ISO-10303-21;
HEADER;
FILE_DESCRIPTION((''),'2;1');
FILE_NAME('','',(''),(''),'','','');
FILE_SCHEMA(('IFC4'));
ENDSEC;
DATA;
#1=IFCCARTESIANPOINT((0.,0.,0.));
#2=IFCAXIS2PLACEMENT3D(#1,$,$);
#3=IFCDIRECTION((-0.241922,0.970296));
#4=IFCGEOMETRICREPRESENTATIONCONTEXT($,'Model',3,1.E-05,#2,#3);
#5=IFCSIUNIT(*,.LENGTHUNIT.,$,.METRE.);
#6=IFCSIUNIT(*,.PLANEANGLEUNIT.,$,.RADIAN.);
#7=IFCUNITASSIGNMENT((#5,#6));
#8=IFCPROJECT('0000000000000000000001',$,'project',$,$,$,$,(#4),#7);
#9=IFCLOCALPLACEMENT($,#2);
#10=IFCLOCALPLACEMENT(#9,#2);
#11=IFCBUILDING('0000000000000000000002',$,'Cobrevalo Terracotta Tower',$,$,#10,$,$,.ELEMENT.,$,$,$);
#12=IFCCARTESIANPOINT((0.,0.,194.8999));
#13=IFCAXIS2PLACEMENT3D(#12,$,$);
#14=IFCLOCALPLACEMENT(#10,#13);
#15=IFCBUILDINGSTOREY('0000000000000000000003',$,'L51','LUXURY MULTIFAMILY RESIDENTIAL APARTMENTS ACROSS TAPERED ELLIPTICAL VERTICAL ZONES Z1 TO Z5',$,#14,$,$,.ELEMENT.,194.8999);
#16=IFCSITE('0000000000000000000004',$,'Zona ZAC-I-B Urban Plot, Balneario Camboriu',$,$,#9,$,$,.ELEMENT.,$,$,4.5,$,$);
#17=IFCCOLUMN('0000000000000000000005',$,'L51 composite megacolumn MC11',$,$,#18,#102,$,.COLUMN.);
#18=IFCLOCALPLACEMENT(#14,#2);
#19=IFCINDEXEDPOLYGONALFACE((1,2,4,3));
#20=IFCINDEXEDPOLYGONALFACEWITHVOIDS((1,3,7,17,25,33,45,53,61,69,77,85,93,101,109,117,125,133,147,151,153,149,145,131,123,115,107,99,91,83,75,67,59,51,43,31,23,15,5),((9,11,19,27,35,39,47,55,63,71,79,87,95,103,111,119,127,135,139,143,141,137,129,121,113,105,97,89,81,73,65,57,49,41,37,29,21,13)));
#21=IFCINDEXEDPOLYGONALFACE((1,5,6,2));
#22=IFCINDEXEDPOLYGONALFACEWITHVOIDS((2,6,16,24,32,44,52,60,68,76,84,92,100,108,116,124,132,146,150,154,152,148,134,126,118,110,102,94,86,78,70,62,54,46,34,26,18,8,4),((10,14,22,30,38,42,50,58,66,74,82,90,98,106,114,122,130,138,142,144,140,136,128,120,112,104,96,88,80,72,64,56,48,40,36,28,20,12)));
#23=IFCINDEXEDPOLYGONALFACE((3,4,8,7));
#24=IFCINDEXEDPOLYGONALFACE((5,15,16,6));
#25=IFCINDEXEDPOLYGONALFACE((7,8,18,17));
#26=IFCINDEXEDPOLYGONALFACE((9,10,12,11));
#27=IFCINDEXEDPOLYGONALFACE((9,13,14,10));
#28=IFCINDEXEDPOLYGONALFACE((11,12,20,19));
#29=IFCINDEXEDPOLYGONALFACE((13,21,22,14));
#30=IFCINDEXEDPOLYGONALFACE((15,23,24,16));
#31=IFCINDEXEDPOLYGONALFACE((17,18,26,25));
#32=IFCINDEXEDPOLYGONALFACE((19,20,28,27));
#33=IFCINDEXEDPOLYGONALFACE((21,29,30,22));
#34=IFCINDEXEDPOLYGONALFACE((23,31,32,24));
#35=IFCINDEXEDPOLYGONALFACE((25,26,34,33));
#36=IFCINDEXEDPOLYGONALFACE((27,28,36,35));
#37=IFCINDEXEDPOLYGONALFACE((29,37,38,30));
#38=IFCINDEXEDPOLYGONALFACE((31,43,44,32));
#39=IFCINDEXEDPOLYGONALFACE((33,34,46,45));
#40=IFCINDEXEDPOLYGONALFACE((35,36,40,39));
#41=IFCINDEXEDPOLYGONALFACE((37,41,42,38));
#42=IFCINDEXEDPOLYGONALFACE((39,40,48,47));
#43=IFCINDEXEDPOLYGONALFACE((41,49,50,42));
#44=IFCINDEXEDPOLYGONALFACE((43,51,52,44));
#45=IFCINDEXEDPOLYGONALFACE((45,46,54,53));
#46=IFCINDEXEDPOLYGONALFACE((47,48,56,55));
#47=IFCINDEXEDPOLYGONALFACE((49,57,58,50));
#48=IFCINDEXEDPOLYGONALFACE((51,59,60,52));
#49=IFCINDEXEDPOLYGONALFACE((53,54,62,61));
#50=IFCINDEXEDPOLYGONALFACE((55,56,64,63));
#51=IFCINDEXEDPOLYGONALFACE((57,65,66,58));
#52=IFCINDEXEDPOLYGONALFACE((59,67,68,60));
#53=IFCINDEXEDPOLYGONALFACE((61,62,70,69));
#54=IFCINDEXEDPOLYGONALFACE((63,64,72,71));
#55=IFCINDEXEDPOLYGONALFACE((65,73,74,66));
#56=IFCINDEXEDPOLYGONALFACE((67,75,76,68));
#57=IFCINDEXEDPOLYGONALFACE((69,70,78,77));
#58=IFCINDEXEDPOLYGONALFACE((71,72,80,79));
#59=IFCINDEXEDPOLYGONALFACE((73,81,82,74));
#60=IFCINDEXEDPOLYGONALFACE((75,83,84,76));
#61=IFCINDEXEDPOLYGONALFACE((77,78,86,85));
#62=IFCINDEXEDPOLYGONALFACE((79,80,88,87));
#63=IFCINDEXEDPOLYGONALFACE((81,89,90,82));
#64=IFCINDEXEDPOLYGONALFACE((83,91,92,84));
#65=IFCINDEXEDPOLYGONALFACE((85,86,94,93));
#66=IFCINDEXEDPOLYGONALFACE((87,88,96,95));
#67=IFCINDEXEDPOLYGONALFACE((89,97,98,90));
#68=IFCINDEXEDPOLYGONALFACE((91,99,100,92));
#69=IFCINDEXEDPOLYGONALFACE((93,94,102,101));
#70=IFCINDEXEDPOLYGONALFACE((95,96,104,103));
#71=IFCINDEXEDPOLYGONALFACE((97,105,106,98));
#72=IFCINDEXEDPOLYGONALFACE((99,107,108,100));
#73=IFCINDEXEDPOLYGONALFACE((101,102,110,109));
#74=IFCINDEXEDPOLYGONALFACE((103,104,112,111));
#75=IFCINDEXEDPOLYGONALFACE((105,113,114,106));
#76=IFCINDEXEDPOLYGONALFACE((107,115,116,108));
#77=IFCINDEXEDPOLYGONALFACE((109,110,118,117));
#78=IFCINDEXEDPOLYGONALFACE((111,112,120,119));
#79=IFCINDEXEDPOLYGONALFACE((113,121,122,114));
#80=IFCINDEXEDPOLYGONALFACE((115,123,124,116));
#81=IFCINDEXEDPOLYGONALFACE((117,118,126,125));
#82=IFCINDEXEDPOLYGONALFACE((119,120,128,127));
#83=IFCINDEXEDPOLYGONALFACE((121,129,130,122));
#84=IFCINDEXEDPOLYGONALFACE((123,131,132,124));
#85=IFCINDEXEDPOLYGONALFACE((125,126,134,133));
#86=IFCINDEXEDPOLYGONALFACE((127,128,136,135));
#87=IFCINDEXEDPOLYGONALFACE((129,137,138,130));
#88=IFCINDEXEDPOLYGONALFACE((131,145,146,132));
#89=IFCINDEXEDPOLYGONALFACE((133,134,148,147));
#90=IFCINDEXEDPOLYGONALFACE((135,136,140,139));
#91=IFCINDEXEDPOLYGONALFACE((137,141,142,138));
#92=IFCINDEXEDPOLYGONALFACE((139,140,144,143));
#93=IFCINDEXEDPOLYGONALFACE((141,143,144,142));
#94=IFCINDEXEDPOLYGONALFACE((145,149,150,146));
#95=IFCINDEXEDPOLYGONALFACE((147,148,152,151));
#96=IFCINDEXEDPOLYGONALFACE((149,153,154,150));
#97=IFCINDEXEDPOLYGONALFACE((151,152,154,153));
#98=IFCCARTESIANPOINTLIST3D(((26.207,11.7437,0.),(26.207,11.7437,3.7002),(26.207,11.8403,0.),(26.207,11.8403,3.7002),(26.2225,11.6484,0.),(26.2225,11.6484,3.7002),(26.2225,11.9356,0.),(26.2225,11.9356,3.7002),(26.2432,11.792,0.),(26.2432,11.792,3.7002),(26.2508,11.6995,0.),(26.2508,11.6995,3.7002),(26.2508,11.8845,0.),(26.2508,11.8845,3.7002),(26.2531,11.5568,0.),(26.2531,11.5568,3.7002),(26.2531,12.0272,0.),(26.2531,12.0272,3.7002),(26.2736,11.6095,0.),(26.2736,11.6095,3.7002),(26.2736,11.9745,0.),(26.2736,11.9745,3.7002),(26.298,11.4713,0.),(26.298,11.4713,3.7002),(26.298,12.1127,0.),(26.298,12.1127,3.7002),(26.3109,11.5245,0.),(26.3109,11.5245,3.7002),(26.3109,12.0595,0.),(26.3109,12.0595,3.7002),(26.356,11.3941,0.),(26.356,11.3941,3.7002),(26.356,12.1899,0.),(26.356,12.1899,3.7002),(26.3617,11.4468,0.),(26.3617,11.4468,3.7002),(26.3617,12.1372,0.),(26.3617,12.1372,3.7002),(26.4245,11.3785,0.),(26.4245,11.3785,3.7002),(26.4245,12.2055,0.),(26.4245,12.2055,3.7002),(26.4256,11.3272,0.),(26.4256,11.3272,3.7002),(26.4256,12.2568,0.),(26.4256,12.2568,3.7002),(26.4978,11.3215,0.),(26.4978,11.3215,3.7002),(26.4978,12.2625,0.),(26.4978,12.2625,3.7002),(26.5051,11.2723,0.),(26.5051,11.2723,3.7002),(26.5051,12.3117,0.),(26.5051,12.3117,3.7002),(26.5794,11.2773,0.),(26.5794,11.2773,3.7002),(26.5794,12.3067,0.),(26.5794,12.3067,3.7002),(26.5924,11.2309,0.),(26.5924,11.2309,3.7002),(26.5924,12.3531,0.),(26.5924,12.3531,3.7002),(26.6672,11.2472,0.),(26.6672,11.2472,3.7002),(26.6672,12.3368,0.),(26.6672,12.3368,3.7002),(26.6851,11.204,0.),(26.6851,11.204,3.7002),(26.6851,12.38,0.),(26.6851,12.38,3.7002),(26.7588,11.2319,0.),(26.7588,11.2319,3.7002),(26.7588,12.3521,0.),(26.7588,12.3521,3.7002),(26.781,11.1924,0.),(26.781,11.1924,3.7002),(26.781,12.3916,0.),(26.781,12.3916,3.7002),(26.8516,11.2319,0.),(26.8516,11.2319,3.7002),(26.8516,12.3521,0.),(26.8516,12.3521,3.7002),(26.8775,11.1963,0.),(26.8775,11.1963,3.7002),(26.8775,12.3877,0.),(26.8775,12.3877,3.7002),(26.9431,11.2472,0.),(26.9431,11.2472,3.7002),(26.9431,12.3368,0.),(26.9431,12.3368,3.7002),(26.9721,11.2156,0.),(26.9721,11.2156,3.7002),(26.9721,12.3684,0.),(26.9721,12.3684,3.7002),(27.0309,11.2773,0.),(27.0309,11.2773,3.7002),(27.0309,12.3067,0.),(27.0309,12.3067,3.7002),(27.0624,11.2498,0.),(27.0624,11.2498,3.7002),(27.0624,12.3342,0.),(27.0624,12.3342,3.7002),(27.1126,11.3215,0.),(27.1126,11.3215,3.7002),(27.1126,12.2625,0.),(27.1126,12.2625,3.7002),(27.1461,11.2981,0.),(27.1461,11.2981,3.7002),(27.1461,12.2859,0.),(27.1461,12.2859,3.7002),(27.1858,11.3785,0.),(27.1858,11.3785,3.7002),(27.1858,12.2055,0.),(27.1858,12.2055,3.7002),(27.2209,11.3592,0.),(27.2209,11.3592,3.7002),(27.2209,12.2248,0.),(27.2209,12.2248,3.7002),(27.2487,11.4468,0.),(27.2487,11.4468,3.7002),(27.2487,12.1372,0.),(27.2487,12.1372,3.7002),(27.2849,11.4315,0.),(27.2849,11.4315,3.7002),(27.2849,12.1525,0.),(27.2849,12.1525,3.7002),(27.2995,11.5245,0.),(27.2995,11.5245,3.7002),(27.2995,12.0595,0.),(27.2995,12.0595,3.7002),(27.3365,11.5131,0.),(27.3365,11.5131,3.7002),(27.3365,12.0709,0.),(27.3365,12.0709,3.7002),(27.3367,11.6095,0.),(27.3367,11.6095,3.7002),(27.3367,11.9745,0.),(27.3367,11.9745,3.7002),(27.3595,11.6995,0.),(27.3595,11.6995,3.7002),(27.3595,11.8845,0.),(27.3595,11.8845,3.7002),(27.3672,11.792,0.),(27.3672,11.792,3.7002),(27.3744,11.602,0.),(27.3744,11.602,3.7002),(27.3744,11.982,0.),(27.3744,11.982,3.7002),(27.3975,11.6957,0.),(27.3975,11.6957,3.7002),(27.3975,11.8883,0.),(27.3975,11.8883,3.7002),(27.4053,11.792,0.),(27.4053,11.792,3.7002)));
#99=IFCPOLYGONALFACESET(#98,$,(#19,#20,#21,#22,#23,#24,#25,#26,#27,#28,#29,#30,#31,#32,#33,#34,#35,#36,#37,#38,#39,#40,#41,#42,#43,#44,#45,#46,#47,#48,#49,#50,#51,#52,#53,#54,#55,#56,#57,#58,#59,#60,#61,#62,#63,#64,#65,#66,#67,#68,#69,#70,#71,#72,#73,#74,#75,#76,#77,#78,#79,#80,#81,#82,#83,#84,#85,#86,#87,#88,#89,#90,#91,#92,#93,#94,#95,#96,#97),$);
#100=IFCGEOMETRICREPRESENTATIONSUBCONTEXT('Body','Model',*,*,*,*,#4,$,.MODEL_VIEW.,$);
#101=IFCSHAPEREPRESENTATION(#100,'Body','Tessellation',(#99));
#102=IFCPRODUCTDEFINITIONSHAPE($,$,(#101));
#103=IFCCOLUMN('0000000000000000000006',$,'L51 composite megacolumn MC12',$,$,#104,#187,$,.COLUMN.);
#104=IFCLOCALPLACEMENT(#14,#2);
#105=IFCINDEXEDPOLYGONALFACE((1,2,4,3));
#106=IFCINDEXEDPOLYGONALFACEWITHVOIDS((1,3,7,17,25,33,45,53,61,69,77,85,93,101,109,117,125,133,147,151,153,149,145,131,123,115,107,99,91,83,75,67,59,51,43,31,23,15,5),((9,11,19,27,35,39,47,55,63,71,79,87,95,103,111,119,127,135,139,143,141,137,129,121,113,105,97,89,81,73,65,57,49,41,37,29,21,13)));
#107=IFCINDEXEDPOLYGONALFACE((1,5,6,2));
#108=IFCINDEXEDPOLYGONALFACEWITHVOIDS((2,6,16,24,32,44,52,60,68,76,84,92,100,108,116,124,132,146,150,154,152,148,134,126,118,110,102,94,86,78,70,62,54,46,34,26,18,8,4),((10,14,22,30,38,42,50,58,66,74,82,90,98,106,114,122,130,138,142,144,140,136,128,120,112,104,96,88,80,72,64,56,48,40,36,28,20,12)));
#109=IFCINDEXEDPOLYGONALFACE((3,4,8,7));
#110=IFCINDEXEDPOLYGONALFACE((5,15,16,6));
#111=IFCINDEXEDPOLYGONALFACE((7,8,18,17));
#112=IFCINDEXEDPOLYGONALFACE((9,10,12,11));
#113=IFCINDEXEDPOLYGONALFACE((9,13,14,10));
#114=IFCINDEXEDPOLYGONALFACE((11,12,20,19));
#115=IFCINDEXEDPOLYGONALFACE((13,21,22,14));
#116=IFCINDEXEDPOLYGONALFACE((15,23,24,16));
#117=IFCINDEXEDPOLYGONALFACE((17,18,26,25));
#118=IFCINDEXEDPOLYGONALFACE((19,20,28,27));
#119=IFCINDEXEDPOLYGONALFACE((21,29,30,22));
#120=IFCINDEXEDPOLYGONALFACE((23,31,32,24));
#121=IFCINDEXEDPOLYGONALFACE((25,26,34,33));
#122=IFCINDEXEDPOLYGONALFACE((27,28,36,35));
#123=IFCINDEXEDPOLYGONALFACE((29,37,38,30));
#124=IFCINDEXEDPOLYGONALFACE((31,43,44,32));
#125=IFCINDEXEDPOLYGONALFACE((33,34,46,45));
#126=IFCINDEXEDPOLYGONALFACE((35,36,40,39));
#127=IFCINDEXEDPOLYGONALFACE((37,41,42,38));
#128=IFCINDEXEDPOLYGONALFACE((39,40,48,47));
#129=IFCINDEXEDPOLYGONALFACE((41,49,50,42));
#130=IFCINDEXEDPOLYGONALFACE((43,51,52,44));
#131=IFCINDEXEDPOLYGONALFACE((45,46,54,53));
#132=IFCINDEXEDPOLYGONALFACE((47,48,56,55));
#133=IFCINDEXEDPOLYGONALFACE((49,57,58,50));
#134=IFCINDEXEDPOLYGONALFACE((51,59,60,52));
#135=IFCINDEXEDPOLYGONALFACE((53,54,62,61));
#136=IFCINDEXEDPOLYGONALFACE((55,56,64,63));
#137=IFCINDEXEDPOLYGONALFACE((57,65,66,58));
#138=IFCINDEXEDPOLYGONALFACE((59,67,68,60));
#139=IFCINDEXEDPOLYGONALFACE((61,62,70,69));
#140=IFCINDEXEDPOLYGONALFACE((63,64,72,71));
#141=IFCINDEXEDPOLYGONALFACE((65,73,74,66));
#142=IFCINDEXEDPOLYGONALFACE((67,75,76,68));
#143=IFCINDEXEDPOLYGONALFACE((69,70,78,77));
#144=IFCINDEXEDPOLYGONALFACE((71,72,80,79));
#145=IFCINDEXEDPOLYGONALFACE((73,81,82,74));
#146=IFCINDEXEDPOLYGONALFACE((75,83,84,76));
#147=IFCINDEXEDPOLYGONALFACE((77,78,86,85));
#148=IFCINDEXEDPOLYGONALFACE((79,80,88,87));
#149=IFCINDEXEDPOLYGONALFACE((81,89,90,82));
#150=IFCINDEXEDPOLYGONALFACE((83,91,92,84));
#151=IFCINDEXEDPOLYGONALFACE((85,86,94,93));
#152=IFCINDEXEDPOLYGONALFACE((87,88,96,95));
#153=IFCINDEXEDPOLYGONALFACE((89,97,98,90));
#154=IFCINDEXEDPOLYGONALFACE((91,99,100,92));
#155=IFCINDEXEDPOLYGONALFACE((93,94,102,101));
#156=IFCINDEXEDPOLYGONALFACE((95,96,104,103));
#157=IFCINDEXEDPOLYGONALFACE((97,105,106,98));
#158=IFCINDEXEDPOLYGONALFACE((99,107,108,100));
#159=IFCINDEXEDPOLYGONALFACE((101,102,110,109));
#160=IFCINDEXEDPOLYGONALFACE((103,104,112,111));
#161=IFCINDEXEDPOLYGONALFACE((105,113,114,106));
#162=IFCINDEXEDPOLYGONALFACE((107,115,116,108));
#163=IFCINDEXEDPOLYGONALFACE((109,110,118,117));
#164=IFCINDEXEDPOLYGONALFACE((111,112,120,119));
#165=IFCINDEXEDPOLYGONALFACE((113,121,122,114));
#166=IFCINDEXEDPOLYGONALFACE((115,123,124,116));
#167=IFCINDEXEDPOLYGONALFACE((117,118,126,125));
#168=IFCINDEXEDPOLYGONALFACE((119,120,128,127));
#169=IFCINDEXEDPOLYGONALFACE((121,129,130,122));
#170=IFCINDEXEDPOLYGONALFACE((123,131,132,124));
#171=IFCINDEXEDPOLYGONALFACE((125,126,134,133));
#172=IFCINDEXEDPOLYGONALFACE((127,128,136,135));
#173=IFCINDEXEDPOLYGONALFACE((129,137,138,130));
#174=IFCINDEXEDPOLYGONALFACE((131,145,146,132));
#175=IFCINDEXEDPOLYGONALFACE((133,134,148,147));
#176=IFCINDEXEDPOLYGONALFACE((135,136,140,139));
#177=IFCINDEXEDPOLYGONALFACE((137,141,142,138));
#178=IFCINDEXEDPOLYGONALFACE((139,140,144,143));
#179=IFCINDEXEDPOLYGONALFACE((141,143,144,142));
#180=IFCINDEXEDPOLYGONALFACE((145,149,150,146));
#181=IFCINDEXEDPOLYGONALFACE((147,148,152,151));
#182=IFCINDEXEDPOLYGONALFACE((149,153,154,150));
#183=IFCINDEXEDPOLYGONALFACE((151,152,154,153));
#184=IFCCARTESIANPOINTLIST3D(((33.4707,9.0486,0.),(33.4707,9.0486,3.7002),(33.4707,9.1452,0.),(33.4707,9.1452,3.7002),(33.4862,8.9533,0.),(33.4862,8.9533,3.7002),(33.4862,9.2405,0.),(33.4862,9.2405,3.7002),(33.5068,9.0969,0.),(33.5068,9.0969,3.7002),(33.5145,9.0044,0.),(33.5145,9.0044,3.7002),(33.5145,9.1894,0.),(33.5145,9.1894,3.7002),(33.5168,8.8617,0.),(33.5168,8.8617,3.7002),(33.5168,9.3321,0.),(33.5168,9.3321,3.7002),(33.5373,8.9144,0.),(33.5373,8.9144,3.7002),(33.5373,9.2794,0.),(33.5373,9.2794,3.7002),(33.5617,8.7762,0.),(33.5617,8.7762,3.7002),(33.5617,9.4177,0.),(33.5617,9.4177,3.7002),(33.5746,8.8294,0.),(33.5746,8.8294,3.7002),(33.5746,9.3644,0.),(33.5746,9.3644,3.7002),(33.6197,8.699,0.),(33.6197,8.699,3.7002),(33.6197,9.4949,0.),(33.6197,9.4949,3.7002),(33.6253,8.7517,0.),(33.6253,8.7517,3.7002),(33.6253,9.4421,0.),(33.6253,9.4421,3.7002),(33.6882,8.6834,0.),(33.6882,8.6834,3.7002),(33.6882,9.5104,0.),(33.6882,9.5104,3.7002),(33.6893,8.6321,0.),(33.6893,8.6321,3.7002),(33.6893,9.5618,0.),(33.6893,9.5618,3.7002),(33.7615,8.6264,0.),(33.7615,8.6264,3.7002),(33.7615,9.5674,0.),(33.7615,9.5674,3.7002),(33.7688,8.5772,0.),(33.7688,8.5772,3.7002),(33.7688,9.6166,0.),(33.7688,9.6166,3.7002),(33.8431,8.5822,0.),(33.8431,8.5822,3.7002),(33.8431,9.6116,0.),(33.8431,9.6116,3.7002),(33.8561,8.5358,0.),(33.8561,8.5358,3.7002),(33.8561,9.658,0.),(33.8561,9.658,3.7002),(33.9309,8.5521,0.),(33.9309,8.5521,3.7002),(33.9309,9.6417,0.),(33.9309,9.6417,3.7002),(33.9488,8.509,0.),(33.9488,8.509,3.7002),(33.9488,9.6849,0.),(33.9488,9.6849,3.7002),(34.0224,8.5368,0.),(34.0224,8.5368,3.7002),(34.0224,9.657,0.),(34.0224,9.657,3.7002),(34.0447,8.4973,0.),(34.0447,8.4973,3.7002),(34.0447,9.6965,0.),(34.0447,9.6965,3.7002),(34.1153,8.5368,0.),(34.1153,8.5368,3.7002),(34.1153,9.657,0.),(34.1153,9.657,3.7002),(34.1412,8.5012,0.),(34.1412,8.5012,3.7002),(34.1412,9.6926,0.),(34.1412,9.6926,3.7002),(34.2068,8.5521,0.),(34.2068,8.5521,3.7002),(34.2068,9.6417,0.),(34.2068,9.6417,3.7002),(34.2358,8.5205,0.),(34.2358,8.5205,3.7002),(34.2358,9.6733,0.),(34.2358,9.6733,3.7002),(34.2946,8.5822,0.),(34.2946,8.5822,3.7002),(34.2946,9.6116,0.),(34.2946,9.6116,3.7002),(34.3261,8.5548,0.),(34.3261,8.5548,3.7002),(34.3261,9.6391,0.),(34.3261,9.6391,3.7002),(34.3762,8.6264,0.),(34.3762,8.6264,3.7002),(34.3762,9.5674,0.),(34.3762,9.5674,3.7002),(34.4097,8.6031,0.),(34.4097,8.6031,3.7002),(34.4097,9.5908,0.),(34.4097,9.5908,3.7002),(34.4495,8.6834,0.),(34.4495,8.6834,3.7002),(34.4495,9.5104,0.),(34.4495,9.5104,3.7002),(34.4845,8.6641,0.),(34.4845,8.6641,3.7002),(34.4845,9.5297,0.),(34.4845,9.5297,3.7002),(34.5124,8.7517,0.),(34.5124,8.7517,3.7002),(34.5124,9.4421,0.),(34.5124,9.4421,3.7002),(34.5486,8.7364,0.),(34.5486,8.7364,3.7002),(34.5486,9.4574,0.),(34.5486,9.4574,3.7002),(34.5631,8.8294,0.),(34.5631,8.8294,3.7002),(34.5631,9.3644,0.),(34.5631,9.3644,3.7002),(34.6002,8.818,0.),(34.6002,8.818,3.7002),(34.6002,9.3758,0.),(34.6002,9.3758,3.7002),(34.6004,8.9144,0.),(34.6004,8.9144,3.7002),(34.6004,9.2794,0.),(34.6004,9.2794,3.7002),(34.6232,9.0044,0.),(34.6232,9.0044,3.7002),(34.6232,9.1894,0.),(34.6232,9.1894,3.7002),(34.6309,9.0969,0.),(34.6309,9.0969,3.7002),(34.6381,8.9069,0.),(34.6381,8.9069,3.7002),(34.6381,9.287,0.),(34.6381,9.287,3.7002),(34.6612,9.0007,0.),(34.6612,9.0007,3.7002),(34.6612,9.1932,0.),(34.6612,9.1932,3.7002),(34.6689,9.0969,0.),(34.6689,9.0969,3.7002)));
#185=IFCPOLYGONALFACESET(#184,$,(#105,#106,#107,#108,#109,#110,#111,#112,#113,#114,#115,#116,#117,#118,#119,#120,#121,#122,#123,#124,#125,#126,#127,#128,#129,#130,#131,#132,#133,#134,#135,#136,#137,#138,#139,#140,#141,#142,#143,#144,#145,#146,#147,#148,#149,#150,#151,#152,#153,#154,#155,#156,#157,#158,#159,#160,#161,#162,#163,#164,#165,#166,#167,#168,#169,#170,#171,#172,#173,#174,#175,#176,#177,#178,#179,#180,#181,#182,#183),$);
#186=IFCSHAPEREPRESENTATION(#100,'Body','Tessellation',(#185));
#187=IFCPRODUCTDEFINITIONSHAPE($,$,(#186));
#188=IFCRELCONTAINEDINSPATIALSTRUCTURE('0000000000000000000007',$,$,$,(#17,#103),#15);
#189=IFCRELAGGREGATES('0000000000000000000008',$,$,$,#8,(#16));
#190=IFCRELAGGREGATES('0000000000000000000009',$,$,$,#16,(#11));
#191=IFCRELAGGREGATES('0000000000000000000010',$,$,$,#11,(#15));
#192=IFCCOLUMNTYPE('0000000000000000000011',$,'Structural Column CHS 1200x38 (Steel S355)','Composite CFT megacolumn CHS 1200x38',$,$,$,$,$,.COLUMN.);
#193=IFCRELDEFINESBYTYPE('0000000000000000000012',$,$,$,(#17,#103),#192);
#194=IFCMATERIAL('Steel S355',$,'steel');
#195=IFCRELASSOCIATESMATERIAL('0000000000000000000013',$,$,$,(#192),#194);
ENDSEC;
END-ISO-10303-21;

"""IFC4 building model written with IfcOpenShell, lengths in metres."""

from ifc_helpers import new_model, si_unit, direction, frame, origin, origin_2d, place, context, subcontext, project, spatial, hollow_circle, extrude, material, material_profile, profile_set, type_object, element, save


model = new_model("IFC4")

# Units and contexts
model_context = context("Model", 3, precision=1e-05, world=origin(), true_north=direction((-0.241922, 0.970296)))
body_context = subcontext(model_context, "Body", "Model", "MODEL_VIEW")
ifc_project = project(units=[si_unit("LENGTHUNIT", "METRE"), si_unit("PLANEANGLEUNIT", "RADIAN")], contexts=[model_context])

# Site, building, storey
site_placement = place(None, origin())
site = spatial("IfcSite", under=ifc_project, at=site_placement, Name="Zona ZAC-I-B Urban Plot, Balneario Camboriu", CompositionType="ELEMENT", RefElevation=4.5)
building_placement = place(site_placement, origin())
building = spatial("IfcBuilding", under=site, at=building_placement, Name="Cobrevalo Terracotta Tower", CompositionType="ELEMENT")
storey_placement = place(building_placement, frame((0.0, 0.0, 194.8999)))
storey = spatial("IfcBuildingStorey", under=building, at=storey_placement, Name="L51", Description="LUXURY MULTIFAMILY RESIDENTIAL APARTMENTS ACROSS TAPERED ELLIPTICAL VERTICAL ZONES Z1 TO Z5", CompositionType="ELEMENT", Elevation=194.8999)

# Columns
ifc_material_1 = material(Name="Steel S355", Category="steel")
ifc_material_profile_1 = material_profile(ifc_material_1, hollow_circle(Radius=0.6001, WallThickness=0.0381, at=origin_2d()), Name="CHS 1200x38")
ifc_profile_set_1 = profile_set([ifc_material_profile_1], Name="Steel S355")
column_type = type_object("IfcColumnType", Name="Structural Column CHS 1200x38 (Steel S355)", Description="Composite CFT megacolumn CHS 1200x38", PredefinedType="COLUMN", material=ifc_profile_set_1)
for number, where, z_axis, x_axis, name in (
    (1, (26.8052, 11.792, 0.0), (0.0, 0.0, 1.0), (1.0, 0.0, 0.0), "L51 composite megacolumn MC11"),
    (2, (34.0688, 9.0969, 0.0), (0.0, 0.0, 1.0), (1.0, 0.0, 0.0), "L51 composite megacolumn MC12"),
):
    element("IfcColumn", number, at=place(storey_placement, frame(where, z_axis=z_axis, x_axis=x_axis)), inside=storey, type_object=column_type, Name=name, PredefinedType="COLUMN", context=body_context, shape_type="SweptSolid", body=[
        extrude(hollow_circle(Radius=0.6001, WallThickness=0.0381, at=origin_2d()), origin(), (0.0, 0.0, 1.0), 3.7002),
    ])

save(model, "model.ifc")
